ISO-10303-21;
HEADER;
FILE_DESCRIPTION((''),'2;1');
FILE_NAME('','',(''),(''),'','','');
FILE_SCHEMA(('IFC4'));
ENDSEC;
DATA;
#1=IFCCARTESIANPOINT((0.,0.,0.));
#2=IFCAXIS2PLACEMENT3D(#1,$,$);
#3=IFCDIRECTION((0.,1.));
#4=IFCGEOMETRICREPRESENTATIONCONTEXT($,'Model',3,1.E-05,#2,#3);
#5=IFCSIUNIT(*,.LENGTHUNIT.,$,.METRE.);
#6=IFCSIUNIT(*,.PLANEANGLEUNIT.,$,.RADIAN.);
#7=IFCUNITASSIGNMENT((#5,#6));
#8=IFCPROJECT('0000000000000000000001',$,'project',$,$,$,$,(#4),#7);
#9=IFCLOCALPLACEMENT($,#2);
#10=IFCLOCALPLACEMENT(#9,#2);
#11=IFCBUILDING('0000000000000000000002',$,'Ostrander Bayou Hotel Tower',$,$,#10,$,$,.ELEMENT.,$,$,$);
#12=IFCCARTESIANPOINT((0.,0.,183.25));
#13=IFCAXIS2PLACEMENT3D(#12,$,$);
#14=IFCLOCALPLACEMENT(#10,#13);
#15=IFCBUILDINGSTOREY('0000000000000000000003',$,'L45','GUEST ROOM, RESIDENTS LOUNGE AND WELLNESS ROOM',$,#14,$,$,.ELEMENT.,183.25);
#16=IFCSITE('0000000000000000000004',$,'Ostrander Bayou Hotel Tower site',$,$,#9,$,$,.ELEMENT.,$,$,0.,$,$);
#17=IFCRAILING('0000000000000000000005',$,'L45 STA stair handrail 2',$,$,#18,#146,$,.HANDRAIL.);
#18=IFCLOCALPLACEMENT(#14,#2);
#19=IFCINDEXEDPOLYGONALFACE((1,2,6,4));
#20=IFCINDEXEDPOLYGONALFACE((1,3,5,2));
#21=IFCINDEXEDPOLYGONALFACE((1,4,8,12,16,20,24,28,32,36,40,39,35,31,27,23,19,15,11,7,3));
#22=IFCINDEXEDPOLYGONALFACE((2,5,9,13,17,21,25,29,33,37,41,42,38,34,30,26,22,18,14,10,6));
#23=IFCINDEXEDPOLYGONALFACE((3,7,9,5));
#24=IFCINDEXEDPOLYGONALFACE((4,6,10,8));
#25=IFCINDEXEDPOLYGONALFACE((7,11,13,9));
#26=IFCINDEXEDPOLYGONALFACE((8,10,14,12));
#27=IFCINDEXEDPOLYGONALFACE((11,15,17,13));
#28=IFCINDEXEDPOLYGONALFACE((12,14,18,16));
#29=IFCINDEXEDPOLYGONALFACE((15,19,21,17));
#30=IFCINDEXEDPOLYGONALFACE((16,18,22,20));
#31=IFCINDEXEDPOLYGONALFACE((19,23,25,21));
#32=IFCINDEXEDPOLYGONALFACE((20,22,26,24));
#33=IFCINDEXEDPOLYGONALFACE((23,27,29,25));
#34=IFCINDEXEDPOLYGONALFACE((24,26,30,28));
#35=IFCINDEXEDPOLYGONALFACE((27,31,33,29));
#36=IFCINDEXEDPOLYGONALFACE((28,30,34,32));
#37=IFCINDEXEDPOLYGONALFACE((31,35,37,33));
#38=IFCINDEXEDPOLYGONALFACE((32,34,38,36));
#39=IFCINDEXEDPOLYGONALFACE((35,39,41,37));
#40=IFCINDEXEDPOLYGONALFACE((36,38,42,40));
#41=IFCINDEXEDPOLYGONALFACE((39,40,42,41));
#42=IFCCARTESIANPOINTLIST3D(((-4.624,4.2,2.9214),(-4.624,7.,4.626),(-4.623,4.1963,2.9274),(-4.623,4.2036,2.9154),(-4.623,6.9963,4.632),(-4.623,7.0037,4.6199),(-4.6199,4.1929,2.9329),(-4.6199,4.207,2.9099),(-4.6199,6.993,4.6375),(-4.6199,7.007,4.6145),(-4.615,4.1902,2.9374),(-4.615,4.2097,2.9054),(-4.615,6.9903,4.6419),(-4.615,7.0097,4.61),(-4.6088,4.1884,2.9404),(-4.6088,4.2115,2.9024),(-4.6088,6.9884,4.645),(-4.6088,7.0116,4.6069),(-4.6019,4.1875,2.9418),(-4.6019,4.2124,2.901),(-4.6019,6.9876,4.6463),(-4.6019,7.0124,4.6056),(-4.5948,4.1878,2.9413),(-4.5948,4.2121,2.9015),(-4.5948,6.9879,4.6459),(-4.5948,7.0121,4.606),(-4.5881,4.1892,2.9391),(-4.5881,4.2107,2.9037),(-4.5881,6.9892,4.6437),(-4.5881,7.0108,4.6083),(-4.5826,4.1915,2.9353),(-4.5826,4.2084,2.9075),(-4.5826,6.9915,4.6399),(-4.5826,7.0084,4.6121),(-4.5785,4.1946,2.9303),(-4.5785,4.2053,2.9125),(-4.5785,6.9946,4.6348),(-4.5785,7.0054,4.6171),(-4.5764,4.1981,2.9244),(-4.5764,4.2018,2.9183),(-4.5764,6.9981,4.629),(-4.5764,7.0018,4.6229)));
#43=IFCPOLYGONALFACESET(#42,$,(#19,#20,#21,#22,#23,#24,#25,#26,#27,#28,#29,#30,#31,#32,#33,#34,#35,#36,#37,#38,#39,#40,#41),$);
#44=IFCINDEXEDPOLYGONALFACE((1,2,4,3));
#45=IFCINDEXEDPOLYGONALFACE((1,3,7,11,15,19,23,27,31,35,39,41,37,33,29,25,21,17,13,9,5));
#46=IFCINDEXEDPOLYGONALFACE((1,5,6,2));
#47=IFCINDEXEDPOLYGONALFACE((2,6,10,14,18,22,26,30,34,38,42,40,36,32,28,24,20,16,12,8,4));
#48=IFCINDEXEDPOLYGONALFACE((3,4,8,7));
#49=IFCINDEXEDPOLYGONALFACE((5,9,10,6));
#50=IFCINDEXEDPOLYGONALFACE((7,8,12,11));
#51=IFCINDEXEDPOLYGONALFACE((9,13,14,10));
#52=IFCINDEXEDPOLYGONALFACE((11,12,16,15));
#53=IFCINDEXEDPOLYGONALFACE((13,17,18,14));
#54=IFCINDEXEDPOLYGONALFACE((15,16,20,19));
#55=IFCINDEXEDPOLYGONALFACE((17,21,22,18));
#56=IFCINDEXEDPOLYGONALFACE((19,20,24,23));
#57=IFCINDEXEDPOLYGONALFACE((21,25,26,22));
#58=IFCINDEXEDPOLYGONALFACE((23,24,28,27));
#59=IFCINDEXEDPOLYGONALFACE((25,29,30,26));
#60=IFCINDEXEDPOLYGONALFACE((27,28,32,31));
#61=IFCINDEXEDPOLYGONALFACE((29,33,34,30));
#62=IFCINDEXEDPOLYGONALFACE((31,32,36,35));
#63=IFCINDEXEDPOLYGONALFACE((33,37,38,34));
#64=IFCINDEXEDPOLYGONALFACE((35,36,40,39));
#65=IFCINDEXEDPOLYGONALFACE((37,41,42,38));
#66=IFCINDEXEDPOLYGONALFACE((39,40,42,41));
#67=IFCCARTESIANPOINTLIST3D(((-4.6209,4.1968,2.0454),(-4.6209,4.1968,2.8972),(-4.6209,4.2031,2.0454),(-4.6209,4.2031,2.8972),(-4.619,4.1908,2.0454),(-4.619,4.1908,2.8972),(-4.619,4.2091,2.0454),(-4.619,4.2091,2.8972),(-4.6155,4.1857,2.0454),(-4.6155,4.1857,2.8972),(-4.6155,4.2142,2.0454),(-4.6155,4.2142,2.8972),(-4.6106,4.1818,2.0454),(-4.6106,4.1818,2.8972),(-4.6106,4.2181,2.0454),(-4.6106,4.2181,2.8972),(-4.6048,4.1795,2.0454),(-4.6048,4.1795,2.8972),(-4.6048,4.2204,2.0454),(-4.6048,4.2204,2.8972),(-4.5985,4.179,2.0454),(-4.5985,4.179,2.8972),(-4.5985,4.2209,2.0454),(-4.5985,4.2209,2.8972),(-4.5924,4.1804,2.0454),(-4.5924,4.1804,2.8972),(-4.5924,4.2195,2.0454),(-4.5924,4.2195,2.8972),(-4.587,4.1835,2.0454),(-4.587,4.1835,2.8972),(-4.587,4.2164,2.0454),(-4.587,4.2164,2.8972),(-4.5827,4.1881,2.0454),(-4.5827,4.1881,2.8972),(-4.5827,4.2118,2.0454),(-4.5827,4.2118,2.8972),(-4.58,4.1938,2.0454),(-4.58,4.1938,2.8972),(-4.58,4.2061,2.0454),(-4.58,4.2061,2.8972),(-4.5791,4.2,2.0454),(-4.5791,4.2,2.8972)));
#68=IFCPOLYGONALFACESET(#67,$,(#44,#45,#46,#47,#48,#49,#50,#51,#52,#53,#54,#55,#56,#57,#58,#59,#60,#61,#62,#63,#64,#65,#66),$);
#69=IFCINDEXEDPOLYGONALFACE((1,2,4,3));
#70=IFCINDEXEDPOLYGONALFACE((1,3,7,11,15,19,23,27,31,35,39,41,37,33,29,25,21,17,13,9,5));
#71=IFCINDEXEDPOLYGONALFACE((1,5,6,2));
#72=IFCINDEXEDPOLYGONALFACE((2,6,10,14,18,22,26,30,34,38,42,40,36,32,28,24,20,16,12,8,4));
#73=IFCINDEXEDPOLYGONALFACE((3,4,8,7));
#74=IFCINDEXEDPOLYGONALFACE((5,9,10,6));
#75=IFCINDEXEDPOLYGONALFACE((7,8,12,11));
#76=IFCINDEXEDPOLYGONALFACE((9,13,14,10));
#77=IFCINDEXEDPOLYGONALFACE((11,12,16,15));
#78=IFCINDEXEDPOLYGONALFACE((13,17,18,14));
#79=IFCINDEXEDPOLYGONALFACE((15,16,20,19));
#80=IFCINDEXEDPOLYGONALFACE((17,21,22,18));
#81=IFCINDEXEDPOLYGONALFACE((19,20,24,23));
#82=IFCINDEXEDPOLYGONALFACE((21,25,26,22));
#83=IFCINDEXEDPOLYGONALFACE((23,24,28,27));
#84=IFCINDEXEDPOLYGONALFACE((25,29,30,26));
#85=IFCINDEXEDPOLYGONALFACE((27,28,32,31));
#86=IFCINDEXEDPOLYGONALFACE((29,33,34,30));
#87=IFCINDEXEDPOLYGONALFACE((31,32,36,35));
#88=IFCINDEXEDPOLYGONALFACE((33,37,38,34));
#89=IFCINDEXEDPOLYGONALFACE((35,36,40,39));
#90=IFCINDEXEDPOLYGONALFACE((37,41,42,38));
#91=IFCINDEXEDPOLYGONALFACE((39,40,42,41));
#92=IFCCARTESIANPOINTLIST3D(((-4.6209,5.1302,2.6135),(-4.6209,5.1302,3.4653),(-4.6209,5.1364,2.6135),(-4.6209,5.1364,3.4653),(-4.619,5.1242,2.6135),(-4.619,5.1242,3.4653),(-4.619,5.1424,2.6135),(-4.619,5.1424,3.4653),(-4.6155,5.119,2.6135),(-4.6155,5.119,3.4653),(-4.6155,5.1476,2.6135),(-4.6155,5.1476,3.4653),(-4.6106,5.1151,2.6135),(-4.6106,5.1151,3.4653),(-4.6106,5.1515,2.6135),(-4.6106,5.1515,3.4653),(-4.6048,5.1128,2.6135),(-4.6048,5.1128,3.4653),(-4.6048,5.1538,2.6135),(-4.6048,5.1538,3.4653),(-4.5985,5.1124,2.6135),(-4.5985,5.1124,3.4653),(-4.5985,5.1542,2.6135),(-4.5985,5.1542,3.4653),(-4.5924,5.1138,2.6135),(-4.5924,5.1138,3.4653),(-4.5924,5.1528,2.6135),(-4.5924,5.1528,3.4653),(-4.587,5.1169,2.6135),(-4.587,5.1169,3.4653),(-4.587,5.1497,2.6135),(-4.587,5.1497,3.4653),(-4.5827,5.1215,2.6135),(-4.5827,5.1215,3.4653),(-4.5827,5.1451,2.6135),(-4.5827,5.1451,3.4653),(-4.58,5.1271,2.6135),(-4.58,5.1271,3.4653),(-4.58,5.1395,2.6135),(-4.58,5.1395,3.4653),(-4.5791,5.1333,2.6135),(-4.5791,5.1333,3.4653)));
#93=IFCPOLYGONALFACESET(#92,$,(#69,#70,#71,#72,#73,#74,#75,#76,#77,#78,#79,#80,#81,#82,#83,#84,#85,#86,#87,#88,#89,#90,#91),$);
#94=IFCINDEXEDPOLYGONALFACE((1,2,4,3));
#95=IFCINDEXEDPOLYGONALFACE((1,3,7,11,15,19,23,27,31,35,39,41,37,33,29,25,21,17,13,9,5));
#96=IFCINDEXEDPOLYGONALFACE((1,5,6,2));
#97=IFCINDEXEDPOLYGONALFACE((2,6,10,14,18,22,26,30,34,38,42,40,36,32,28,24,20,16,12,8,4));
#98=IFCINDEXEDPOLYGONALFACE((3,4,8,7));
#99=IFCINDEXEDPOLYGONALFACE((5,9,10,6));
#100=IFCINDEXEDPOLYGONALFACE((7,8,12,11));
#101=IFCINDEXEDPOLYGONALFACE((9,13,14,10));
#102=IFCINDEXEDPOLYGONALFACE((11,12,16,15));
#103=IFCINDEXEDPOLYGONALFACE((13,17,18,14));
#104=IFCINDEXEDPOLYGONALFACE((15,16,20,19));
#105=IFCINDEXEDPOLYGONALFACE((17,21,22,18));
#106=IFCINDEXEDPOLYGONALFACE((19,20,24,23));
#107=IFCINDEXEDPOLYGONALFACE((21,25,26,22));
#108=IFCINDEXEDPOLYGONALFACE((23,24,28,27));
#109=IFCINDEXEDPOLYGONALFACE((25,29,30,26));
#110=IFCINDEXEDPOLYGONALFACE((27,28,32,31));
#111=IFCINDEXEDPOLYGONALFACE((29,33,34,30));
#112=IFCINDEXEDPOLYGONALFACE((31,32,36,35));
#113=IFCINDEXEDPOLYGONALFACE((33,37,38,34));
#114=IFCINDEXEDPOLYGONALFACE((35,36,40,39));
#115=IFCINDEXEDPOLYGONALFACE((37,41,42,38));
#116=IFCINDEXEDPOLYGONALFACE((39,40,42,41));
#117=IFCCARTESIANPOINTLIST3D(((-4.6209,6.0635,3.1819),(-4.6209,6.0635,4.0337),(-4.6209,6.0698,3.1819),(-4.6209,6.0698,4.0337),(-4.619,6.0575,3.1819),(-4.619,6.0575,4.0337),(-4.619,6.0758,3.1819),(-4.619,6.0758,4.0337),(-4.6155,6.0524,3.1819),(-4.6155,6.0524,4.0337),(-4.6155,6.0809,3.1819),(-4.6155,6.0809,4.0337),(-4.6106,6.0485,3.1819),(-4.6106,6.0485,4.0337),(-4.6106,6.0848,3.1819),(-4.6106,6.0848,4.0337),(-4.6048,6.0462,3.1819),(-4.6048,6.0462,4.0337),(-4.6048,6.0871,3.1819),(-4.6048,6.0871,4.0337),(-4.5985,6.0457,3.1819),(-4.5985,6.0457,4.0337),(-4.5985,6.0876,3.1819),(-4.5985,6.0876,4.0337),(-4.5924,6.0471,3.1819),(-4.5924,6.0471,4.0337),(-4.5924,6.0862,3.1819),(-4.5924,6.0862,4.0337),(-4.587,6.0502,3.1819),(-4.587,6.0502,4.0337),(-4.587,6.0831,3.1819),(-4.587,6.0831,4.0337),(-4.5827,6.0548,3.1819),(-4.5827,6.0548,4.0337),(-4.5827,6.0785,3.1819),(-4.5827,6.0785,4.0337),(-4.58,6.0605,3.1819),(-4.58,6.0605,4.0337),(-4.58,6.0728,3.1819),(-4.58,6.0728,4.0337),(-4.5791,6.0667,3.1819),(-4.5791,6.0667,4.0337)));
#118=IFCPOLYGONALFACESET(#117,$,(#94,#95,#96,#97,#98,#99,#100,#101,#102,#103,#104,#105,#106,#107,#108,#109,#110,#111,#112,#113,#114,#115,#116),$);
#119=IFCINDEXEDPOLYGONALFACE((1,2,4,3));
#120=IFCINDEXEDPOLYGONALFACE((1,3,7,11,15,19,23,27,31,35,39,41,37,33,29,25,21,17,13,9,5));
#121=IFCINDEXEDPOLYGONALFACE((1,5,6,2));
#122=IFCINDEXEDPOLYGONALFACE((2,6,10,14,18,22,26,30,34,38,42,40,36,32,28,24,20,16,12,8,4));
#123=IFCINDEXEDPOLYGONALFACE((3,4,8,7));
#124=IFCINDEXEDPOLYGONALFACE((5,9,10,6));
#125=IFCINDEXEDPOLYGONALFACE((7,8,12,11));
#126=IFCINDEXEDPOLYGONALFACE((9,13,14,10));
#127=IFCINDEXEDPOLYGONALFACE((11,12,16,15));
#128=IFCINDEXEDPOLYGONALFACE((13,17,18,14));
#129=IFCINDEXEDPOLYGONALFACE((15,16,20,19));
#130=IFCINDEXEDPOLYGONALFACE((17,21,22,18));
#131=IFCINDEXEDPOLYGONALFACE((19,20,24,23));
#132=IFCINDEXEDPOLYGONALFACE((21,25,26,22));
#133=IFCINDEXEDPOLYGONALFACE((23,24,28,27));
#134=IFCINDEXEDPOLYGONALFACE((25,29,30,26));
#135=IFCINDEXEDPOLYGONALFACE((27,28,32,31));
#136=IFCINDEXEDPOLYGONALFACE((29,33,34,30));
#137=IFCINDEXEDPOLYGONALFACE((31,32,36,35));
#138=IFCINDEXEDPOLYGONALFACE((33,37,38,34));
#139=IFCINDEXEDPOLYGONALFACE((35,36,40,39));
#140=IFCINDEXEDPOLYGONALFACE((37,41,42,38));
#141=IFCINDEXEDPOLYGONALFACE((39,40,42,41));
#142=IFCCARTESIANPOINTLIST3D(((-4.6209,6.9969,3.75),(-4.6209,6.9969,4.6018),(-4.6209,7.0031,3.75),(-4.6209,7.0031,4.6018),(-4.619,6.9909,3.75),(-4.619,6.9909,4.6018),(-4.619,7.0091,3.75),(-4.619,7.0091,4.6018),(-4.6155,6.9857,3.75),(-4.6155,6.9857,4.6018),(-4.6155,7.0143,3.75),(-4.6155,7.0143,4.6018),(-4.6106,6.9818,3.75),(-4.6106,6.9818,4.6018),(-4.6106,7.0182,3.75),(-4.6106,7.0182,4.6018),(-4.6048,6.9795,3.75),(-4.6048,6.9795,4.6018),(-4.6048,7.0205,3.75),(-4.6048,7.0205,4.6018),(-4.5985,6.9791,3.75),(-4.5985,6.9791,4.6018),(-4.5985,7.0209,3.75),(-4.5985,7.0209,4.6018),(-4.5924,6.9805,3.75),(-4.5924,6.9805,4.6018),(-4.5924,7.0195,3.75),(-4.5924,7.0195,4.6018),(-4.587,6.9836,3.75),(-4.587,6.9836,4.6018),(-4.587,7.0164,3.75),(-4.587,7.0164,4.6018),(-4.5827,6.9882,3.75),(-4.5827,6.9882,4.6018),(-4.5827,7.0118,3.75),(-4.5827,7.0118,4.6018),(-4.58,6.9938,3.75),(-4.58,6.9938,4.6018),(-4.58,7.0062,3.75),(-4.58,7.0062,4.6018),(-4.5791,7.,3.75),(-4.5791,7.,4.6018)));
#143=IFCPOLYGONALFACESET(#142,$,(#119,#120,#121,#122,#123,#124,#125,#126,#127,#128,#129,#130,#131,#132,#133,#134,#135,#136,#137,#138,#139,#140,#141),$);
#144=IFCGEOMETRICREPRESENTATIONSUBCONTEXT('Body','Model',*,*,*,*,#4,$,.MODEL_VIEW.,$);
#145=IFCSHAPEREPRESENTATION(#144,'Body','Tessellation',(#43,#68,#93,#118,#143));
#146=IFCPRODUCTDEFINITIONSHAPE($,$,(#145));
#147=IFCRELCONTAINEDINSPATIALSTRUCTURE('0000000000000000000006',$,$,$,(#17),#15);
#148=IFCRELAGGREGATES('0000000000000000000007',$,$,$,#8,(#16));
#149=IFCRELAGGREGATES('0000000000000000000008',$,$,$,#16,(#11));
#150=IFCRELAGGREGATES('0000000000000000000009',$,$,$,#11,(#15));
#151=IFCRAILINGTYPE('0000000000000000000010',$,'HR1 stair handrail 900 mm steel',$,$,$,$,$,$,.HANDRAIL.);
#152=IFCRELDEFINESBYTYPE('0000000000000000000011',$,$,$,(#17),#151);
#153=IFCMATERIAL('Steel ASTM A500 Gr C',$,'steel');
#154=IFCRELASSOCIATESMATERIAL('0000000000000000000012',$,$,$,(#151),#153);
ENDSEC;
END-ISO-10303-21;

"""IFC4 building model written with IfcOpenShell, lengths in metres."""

from ifc_helpers import new_model, si_unit, direction, frame, origin, origin_2d, place, context, subcontext, project, spatial, circle, extrude, material, type_object, element, save


model = new_model("IFC4")

# Units and contexts
model_context = context("Model", 3, precision=1e-05, world=origin(), true_north=direction((0.0, 1.0)))
body_context = subcontext(model_context, "Body", "Model", "MODEL_VIEW")
ifc_project = project(units=[si_unit("LENGTHUNIT", "METRE"), si_unit("PLANEANGLEUNIT", "RADIAN")], contexts=[model_context])

# Site, building, storey
site_placement = place(None, origin())
site = spatial("IfcSite", under=ifc_project, at=site_placement, Name="Ostrander Bayou Hotel Tower site", CompositionType="ELEMENT", RefElevation=0.0)
building_placement = place(site_placement, origin())
building = spatial("IfcBuilding", under=site, at=building_placement, Name="Ostrander Bayou Hotel Tower", CompositionType="ELEMENT")
storey_placement = place(building_placement, frame((0.0, 0.0, 183.25)))
storey = spatial("IfcBuildingStorey", under=building, at=storey_placement, Name="L45", Description="GUEST ROOM, RESIDENTS LOUNGE AND WELLNESS ROOM", CompositionType="ELEMENT", Elevation=183.25)

# Railing
ifc_material_1 = material(Name="Steel ASTM A500 Gr C", Category="steel")
railing_type_1 = type_object("IfcRailingType", Name="HR1 stair handrail 900 mm steel", PredefinedType="HANDRAIL", material=ifc_material_1)
railing_1_placement = place(storey_placement, frame((-4.6001, 4.2, 2.0454)))
element("IfcRailing", 1, at=railing_1_placement, inside=storey, type_object=railing_type_1, Name="L45 STA stair handrail 2", PredefinedType="HANDRAIL", context=body_context, shape_type="SweptSolid", body=[
    extrude(circle(Radius=0.0239, at=origin_2d()), frame((0.0, 0.0, 0.876), z_axis=(0.0, 0.85417, 0.519994), x_axis=(-1.0, 0.0, 0.0)), (0.0, 0.0, 1.0), 3.2781),
    extrude(circle(Radius=0.021, at=origin_2d()), origin(), (0.0, 0.0, 1.0), 0.8518),
    extrude(circle(Radius=0.021, at=origin_2d()), frame((0.0, 0.9333, 0.5681)), (0.0, 0.0, 1.0), 0.8518),
    extrude(circle(Radius=0.021, at=origin_2d()), frame((0.0, 1.8667, 1.1365)), (0.0, 0.0, 1.0), 0.8518),
    extrude(circle(Radius=0.021, at=origin_2d()), frame((0.0, 2.8, 1.7046)), (0.0, 0.0, 1.0), 0.8518),
])

save(model, "model.ifc")
